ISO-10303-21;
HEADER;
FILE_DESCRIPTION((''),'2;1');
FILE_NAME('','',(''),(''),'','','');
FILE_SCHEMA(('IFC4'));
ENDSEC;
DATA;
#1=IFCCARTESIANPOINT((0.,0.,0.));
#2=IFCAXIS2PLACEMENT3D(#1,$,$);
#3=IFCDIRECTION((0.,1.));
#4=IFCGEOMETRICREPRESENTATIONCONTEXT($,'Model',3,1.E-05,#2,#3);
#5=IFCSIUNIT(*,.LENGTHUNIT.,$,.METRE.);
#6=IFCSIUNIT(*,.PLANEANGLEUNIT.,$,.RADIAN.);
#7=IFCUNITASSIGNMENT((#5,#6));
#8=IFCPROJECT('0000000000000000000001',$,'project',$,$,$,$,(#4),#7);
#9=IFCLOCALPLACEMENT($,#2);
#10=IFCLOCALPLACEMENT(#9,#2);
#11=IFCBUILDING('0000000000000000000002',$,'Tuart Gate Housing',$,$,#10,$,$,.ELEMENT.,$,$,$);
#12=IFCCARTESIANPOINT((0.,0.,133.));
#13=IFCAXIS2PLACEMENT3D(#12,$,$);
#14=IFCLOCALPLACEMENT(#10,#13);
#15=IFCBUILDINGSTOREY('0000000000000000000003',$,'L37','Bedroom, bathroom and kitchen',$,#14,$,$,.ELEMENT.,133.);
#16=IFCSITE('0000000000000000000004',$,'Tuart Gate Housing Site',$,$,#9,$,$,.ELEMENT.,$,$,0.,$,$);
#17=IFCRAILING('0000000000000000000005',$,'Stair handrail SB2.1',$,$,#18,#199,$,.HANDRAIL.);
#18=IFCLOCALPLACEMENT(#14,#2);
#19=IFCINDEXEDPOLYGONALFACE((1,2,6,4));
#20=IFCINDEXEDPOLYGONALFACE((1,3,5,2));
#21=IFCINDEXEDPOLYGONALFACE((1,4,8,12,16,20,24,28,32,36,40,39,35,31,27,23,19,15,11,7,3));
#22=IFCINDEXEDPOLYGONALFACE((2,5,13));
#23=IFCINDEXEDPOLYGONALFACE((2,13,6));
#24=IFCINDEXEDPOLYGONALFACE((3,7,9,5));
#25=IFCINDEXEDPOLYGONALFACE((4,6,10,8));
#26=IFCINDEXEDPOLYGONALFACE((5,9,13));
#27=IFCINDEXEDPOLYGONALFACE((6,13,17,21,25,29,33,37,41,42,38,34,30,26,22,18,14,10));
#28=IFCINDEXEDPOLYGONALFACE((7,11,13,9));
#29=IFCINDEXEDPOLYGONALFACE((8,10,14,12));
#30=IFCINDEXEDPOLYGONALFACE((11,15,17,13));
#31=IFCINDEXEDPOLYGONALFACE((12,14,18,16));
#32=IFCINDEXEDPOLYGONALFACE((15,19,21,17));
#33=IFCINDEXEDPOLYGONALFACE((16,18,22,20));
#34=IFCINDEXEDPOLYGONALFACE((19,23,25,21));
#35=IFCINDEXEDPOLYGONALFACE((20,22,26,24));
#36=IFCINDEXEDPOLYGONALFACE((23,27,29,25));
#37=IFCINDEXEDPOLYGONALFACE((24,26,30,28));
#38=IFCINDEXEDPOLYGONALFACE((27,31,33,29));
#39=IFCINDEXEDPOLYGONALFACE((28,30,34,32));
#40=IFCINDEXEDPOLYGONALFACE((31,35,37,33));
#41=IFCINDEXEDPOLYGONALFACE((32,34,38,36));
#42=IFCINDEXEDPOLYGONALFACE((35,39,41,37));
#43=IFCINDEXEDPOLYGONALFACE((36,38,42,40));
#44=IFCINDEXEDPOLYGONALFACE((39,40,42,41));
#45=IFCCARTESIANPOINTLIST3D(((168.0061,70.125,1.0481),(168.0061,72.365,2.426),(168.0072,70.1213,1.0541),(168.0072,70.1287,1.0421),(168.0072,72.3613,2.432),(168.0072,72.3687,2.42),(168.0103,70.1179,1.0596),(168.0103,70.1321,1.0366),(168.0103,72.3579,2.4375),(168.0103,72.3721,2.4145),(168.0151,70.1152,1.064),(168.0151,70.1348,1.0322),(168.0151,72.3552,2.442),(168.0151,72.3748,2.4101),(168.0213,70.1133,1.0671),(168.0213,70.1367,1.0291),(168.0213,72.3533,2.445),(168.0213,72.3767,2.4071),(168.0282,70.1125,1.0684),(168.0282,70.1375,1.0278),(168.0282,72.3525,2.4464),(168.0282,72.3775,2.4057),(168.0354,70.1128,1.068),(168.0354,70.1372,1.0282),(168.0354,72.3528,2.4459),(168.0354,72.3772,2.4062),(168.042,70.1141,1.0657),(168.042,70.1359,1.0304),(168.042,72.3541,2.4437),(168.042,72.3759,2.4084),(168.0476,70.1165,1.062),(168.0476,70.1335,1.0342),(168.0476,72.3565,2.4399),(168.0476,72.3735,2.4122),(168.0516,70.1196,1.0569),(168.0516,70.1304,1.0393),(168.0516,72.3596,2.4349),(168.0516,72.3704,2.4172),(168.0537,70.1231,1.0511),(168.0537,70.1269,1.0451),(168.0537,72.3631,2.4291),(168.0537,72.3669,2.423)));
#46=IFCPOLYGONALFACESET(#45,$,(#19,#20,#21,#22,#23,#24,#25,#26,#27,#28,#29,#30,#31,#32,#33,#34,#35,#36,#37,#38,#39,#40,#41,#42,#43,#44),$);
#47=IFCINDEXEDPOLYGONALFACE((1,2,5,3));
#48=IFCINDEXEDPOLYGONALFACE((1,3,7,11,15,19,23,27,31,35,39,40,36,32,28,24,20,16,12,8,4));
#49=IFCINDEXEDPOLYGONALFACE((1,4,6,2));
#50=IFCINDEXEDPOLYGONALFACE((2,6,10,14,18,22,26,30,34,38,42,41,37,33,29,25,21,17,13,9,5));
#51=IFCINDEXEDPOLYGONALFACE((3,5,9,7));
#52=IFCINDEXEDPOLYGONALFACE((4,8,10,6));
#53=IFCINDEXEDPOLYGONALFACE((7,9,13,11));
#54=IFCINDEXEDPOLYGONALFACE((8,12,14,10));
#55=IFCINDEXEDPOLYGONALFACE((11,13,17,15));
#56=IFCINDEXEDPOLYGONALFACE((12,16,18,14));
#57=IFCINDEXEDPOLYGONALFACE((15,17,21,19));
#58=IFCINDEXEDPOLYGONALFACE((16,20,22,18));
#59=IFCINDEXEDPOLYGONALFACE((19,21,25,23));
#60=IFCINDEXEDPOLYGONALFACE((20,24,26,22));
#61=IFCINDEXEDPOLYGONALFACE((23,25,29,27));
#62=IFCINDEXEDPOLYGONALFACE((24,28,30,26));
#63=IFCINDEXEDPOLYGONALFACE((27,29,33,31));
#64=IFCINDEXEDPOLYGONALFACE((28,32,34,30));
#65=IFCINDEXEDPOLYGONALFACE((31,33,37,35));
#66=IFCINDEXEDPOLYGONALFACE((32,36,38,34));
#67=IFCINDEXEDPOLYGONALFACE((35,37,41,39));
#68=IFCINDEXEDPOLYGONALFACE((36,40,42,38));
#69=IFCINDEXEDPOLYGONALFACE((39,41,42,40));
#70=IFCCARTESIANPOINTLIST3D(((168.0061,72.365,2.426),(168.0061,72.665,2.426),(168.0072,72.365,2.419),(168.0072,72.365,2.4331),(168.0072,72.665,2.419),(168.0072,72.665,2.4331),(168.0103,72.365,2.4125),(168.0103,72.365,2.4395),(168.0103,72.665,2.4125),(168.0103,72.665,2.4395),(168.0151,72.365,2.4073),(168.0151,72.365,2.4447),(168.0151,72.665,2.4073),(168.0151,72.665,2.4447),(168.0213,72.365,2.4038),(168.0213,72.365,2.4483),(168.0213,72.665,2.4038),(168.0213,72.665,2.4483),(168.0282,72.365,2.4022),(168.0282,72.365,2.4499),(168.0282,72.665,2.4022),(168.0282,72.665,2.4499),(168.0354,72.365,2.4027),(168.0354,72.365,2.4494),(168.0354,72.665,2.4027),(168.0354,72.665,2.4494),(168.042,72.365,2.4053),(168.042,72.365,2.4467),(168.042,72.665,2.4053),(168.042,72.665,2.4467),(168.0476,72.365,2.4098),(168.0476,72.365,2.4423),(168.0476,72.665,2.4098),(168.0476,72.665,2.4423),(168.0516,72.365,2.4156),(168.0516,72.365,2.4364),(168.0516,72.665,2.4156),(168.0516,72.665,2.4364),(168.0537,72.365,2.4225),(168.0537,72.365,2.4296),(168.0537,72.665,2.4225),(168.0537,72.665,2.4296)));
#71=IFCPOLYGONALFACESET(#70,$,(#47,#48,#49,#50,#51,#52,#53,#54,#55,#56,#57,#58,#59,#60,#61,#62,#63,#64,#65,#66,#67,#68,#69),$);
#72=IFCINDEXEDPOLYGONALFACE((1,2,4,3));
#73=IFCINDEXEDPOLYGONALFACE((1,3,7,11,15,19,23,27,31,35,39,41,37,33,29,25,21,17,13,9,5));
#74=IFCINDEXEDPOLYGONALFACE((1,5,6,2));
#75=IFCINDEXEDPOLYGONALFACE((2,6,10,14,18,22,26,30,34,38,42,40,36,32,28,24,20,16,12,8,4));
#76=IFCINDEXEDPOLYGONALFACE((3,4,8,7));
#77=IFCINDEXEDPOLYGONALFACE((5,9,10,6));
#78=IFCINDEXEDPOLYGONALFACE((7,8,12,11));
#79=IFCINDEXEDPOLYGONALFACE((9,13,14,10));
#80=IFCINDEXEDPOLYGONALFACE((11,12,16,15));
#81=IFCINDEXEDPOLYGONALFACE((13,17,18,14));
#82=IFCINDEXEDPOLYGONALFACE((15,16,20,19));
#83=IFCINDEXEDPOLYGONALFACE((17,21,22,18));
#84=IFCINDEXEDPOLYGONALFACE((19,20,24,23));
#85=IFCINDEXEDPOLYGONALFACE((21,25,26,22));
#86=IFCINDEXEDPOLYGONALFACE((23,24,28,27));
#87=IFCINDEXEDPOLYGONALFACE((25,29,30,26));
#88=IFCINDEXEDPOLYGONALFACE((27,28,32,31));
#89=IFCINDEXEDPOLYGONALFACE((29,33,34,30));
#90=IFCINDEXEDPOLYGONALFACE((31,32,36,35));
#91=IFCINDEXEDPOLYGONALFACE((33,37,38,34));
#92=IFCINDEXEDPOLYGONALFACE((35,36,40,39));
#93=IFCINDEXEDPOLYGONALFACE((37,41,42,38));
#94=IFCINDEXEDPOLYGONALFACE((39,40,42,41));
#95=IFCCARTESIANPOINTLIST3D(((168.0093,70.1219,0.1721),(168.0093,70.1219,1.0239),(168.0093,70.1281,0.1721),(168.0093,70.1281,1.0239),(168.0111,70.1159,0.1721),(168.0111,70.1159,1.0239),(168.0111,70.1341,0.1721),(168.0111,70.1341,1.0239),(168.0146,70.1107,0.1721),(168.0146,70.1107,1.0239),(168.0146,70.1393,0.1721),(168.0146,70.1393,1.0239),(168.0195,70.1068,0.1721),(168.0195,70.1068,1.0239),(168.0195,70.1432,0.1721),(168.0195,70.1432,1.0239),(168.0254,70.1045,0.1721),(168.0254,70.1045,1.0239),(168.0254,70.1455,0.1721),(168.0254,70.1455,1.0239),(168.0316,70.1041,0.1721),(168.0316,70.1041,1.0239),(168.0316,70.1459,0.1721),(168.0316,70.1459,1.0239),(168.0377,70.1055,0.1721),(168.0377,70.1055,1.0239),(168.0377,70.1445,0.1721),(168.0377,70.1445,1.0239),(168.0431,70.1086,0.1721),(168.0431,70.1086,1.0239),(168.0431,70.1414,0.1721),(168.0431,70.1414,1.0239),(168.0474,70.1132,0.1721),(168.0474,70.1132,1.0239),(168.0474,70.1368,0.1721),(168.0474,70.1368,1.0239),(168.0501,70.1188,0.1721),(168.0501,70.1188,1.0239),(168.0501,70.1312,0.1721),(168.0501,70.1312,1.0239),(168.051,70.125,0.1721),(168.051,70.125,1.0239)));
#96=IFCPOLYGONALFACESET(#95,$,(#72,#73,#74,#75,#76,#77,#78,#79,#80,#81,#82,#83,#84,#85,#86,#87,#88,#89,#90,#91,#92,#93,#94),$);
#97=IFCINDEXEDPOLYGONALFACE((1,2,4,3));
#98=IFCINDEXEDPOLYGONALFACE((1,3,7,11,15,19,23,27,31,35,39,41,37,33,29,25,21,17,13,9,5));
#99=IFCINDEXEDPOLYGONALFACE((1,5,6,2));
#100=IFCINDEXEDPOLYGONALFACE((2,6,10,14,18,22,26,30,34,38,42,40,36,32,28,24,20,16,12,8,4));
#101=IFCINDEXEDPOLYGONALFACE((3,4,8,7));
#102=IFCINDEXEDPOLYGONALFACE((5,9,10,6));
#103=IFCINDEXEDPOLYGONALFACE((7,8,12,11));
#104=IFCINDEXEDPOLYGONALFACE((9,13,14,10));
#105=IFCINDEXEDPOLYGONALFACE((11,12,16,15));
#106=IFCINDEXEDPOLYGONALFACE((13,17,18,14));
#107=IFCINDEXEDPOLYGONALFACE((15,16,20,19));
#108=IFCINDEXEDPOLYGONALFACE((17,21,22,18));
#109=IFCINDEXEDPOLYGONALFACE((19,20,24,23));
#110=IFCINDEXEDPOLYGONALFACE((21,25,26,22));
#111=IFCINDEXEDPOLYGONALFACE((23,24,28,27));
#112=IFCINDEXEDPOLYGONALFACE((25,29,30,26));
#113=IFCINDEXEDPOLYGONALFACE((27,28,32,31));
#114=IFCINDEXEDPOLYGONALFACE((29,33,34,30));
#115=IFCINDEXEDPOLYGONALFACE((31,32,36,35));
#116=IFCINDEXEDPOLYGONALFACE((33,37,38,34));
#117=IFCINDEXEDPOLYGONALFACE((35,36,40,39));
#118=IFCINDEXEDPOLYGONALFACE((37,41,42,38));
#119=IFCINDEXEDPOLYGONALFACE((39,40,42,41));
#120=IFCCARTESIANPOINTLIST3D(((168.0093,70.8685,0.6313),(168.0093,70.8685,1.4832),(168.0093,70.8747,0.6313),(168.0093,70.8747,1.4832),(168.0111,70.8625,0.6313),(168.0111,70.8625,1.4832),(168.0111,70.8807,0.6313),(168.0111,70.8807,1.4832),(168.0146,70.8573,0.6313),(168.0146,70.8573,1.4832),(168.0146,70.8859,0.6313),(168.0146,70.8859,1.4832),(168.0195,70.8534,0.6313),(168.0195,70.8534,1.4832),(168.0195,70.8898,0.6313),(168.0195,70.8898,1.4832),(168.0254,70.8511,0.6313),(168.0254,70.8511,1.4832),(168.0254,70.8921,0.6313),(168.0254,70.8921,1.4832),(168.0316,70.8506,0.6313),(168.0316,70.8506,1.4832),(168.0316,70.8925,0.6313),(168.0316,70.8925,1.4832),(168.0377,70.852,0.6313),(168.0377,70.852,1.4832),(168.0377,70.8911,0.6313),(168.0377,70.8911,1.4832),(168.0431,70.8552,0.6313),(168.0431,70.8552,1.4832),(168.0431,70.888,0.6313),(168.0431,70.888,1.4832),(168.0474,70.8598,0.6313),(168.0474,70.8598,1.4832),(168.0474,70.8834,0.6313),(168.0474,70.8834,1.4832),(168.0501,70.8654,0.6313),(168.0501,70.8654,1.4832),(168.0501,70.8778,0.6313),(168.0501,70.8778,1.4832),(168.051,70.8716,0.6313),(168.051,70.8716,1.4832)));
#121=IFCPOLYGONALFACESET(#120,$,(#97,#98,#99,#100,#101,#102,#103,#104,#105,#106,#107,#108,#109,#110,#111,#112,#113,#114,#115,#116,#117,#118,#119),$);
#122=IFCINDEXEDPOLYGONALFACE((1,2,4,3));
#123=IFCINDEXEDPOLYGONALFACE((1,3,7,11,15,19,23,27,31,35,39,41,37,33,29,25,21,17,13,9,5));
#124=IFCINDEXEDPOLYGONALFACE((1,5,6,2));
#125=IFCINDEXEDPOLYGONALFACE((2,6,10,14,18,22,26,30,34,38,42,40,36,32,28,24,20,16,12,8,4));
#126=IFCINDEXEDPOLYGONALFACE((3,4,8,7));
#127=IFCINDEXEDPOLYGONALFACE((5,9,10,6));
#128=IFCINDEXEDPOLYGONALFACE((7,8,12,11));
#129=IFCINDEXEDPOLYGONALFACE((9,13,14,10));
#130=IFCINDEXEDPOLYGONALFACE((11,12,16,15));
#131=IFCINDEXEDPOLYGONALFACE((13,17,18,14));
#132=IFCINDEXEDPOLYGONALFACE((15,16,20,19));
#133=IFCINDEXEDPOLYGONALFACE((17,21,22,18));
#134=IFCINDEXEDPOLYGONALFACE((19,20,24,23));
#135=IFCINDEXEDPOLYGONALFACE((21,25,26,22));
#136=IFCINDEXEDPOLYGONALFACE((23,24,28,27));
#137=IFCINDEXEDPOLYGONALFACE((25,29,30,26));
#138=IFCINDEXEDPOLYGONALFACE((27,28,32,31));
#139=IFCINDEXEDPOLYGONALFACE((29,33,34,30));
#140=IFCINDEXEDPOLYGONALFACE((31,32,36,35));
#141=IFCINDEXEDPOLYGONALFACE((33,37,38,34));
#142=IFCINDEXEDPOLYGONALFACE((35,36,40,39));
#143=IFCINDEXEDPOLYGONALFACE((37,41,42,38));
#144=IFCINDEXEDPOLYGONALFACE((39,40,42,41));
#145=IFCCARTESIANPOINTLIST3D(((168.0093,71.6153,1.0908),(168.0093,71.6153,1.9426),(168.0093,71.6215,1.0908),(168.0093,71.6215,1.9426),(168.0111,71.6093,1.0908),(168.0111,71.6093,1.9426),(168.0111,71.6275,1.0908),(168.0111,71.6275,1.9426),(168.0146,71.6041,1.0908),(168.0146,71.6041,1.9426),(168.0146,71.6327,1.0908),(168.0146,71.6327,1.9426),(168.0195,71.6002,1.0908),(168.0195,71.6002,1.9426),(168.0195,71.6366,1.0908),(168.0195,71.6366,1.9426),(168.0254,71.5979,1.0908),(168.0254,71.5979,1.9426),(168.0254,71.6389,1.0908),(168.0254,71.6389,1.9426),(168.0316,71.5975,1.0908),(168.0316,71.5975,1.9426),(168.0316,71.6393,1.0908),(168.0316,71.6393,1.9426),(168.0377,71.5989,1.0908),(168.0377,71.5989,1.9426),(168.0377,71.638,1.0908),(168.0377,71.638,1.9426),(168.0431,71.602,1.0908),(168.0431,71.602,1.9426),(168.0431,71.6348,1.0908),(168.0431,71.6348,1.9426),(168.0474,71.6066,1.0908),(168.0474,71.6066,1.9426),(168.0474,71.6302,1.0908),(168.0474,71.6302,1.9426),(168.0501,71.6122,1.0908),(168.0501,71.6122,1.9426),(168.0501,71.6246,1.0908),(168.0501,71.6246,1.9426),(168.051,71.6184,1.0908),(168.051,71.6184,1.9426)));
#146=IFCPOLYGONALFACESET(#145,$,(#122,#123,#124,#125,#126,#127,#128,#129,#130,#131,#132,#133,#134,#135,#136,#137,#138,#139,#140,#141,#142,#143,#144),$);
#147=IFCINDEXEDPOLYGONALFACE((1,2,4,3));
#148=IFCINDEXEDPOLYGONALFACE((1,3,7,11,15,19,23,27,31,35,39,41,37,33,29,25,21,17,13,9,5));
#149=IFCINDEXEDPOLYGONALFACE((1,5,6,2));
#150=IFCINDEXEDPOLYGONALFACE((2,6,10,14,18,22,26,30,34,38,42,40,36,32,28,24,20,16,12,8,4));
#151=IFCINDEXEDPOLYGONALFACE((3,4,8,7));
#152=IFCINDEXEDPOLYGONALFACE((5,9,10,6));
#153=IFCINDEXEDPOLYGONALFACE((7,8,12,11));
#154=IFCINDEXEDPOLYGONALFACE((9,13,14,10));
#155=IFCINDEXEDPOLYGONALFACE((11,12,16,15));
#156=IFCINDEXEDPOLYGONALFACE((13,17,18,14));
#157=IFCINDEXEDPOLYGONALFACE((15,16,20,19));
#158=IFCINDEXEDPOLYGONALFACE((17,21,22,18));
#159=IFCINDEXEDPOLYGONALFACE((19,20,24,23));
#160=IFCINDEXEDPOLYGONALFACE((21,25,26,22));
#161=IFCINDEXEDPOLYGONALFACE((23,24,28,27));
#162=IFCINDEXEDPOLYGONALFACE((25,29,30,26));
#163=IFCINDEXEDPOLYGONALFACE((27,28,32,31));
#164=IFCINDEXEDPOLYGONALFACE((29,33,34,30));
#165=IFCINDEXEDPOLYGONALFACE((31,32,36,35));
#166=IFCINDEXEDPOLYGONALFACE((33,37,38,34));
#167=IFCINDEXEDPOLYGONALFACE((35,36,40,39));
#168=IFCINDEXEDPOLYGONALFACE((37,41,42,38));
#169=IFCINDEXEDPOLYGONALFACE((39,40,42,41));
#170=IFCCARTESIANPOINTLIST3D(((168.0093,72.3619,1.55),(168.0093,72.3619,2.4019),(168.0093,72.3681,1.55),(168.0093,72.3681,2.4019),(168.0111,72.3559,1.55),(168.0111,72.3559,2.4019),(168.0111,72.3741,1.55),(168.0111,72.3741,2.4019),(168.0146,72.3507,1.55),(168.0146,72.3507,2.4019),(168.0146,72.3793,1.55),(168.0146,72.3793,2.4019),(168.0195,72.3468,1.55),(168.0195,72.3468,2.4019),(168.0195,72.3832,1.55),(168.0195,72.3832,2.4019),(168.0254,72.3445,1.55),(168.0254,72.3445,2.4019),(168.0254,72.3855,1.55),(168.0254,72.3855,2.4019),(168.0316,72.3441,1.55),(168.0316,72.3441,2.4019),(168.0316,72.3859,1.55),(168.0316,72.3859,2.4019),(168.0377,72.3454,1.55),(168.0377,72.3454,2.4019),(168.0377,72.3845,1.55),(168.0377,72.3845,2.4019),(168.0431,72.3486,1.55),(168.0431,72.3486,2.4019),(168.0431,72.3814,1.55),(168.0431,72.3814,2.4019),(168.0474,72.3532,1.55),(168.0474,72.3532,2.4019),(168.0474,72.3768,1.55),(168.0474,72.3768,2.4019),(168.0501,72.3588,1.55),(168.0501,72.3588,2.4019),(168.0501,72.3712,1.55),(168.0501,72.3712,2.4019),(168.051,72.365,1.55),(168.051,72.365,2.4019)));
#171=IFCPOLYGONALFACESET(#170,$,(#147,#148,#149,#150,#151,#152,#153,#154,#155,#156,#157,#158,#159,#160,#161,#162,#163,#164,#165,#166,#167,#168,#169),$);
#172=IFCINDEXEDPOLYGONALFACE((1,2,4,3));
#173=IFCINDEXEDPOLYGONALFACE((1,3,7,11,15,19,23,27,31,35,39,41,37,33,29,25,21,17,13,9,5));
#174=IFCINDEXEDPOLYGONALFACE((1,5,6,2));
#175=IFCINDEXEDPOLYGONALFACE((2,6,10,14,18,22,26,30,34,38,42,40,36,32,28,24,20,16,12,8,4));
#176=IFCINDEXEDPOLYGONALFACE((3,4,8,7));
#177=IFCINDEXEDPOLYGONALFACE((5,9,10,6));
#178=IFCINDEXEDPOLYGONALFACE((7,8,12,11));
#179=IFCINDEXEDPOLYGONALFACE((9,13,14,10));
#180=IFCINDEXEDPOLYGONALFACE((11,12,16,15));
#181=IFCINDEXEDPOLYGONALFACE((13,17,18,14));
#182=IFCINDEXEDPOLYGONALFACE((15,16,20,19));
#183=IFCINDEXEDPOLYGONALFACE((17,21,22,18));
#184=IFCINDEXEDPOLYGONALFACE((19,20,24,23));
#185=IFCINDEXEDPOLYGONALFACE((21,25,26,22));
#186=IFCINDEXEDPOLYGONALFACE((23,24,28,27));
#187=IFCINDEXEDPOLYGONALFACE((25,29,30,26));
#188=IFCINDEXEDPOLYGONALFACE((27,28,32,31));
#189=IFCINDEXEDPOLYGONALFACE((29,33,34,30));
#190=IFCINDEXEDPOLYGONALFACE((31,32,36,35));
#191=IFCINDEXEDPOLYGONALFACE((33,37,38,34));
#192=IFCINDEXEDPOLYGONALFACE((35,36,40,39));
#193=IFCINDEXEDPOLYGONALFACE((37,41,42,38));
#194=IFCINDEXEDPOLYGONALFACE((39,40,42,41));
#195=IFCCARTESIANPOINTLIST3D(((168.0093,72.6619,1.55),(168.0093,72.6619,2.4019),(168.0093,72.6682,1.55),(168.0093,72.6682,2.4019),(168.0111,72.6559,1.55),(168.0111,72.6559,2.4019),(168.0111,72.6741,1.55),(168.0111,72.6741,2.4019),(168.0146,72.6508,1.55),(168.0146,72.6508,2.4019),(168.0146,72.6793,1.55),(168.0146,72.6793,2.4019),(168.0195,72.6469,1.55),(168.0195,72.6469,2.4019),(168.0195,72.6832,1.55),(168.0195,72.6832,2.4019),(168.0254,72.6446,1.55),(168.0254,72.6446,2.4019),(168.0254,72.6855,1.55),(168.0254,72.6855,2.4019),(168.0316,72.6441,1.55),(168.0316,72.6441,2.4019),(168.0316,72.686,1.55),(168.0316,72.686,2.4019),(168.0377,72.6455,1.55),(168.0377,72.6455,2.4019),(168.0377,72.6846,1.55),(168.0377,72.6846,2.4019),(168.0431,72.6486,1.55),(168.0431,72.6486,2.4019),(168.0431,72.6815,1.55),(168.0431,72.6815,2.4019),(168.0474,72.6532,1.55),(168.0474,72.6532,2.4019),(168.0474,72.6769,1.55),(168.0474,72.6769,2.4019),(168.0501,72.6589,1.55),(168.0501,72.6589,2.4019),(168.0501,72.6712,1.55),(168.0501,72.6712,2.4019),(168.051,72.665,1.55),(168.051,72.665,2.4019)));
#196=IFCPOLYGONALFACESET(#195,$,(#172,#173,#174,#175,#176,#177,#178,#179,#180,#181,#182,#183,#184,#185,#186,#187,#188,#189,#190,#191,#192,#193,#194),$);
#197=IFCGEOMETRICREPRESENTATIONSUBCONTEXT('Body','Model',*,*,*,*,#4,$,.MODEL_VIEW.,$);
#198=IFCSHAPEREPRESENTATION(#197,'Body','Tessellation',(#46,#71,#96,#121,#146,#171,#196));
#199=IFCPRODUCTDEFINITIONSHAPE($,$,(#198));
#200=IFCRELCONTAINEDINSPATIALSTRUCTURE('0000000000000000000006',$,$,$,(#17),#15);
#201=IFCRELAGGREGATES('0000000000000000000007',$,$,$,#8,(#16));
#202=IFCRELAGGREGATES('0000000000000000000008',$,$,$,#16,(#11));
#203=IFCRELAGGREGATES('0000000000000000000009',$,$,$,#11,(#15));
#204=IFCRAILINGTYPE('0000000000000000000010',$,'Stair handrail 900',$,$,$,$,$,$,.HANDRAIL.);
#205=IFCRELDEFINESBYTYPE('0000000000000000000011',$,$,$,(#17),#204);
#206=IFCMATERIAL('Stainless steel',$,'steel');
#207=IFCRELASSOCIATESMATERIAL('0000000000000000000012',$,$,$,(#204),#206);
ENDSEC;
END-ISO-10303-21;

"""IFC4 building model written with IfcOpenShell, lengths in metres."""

from ifc_helpers import new_model, si_unit, direction, frame, origin, origin_2d, place, context, subcontext, project, spatial, circle, extrude, material, type_object, element, save


model = new_model("IFC4")

# Units and contexts
model_context = context("Model", 3, precision=1e-05, world=origin(), true_north=direction((0.0, 1.0)))
body_context = subcontext(model_context, "Body", "Model", "MODEL_VIEW")
ifc_project = project(units=[si_unit("LENGTHUNIT", "METRE"), si_unit("PLANEANGLEUNIT", "RADIAN")], contexts=[model_context])

# Site, building, storey
site_placement = place(None, origin())
site = spatial("IfcSite", under=ifc_project, at=site_placement, Name="Tuart Gate Housing Site", CompositionType="ELEMENT", RefElevation=0.0)
building_placement = place(site_placement, origin())
building = spatial("IfcBuilding", under=site, at=building_placement, Name="Tuart Gate Housing", CompositionType="ELEMENT")
storey_placement = place(building_placement, frame((0.0, 0.0, 133.0)))
storey = spatial("IfcBuildingStorey", under=building, at=storey_placement, Name="L37", Description="Bedroom, bathroom and kitchen", CompositionType="ELEMENT", Elevation=133.0)

# Railing
ifc_material_1 = material(Name="Stainless steel", Category="steel")
railing_type = type_object("IfcRailingType", Name="Stair handrail 900", PredefinedType="HANDRAIL", material=ifc_material_1)
railing_placement = place(storey_placement, frame((168.03, 70.125, 0.1721)))
element("IfcRailing", 1, at=railing_placement, inside=storey, type_object=railing_type, Name="Stair handrail SB2.1", PredefinedType="HANDRAIL", context=body_context, shape_type="SweptSolid", body=[
    extrude(circle(Radius=0.0239, at=origin_2d()), frame((0.0, 0.0, 0.876), z_axis=(0.0, 0.851748, 0.523952), x_axis=(-1.0, 0.0, 0.0)), (0.0, 0.0, 1.0), 2.6299),
    extrude(circle(Radius=0.0239, at=origin_2d()), frame((0.0, 2.24, 2.2539), z_axis=(0.0, 1.0, 0.0), x_axis=(-1.0, 0.0, 0.0)), (0.0, 0.0, 1.0), 0.3),
    extrude(circle(Radius=0.021, at=origin_2d()), origin(), (0.0, 0.0, 1.0), 0.8518),
    extrude(circle(Radius=0.021, at=origin_2d()), frame((0.0, 0.7466, 0.4592)), (0.0, 0.0, 1.0), 0.8518),
    extrude(circle(Radius=0.021, at=origin_2d()), frame((0.0, 1.4934, 0.9187)), (0.0, 0.0, 1.0), 0.8518),
    extrude(circle(Radius=0.021, at=origin_2d()), frame((0.0, 2.24, 1.3779)), (0.0, 0.0, 1.0), 0.8518),
    extrude(circle(Radius=0.021, at=origin_2d()), frame((0.0, 2.54, 1.3779)), (0.0, 0.0, 1.0), 0.8518),
])

save(model, "model.ifc")
